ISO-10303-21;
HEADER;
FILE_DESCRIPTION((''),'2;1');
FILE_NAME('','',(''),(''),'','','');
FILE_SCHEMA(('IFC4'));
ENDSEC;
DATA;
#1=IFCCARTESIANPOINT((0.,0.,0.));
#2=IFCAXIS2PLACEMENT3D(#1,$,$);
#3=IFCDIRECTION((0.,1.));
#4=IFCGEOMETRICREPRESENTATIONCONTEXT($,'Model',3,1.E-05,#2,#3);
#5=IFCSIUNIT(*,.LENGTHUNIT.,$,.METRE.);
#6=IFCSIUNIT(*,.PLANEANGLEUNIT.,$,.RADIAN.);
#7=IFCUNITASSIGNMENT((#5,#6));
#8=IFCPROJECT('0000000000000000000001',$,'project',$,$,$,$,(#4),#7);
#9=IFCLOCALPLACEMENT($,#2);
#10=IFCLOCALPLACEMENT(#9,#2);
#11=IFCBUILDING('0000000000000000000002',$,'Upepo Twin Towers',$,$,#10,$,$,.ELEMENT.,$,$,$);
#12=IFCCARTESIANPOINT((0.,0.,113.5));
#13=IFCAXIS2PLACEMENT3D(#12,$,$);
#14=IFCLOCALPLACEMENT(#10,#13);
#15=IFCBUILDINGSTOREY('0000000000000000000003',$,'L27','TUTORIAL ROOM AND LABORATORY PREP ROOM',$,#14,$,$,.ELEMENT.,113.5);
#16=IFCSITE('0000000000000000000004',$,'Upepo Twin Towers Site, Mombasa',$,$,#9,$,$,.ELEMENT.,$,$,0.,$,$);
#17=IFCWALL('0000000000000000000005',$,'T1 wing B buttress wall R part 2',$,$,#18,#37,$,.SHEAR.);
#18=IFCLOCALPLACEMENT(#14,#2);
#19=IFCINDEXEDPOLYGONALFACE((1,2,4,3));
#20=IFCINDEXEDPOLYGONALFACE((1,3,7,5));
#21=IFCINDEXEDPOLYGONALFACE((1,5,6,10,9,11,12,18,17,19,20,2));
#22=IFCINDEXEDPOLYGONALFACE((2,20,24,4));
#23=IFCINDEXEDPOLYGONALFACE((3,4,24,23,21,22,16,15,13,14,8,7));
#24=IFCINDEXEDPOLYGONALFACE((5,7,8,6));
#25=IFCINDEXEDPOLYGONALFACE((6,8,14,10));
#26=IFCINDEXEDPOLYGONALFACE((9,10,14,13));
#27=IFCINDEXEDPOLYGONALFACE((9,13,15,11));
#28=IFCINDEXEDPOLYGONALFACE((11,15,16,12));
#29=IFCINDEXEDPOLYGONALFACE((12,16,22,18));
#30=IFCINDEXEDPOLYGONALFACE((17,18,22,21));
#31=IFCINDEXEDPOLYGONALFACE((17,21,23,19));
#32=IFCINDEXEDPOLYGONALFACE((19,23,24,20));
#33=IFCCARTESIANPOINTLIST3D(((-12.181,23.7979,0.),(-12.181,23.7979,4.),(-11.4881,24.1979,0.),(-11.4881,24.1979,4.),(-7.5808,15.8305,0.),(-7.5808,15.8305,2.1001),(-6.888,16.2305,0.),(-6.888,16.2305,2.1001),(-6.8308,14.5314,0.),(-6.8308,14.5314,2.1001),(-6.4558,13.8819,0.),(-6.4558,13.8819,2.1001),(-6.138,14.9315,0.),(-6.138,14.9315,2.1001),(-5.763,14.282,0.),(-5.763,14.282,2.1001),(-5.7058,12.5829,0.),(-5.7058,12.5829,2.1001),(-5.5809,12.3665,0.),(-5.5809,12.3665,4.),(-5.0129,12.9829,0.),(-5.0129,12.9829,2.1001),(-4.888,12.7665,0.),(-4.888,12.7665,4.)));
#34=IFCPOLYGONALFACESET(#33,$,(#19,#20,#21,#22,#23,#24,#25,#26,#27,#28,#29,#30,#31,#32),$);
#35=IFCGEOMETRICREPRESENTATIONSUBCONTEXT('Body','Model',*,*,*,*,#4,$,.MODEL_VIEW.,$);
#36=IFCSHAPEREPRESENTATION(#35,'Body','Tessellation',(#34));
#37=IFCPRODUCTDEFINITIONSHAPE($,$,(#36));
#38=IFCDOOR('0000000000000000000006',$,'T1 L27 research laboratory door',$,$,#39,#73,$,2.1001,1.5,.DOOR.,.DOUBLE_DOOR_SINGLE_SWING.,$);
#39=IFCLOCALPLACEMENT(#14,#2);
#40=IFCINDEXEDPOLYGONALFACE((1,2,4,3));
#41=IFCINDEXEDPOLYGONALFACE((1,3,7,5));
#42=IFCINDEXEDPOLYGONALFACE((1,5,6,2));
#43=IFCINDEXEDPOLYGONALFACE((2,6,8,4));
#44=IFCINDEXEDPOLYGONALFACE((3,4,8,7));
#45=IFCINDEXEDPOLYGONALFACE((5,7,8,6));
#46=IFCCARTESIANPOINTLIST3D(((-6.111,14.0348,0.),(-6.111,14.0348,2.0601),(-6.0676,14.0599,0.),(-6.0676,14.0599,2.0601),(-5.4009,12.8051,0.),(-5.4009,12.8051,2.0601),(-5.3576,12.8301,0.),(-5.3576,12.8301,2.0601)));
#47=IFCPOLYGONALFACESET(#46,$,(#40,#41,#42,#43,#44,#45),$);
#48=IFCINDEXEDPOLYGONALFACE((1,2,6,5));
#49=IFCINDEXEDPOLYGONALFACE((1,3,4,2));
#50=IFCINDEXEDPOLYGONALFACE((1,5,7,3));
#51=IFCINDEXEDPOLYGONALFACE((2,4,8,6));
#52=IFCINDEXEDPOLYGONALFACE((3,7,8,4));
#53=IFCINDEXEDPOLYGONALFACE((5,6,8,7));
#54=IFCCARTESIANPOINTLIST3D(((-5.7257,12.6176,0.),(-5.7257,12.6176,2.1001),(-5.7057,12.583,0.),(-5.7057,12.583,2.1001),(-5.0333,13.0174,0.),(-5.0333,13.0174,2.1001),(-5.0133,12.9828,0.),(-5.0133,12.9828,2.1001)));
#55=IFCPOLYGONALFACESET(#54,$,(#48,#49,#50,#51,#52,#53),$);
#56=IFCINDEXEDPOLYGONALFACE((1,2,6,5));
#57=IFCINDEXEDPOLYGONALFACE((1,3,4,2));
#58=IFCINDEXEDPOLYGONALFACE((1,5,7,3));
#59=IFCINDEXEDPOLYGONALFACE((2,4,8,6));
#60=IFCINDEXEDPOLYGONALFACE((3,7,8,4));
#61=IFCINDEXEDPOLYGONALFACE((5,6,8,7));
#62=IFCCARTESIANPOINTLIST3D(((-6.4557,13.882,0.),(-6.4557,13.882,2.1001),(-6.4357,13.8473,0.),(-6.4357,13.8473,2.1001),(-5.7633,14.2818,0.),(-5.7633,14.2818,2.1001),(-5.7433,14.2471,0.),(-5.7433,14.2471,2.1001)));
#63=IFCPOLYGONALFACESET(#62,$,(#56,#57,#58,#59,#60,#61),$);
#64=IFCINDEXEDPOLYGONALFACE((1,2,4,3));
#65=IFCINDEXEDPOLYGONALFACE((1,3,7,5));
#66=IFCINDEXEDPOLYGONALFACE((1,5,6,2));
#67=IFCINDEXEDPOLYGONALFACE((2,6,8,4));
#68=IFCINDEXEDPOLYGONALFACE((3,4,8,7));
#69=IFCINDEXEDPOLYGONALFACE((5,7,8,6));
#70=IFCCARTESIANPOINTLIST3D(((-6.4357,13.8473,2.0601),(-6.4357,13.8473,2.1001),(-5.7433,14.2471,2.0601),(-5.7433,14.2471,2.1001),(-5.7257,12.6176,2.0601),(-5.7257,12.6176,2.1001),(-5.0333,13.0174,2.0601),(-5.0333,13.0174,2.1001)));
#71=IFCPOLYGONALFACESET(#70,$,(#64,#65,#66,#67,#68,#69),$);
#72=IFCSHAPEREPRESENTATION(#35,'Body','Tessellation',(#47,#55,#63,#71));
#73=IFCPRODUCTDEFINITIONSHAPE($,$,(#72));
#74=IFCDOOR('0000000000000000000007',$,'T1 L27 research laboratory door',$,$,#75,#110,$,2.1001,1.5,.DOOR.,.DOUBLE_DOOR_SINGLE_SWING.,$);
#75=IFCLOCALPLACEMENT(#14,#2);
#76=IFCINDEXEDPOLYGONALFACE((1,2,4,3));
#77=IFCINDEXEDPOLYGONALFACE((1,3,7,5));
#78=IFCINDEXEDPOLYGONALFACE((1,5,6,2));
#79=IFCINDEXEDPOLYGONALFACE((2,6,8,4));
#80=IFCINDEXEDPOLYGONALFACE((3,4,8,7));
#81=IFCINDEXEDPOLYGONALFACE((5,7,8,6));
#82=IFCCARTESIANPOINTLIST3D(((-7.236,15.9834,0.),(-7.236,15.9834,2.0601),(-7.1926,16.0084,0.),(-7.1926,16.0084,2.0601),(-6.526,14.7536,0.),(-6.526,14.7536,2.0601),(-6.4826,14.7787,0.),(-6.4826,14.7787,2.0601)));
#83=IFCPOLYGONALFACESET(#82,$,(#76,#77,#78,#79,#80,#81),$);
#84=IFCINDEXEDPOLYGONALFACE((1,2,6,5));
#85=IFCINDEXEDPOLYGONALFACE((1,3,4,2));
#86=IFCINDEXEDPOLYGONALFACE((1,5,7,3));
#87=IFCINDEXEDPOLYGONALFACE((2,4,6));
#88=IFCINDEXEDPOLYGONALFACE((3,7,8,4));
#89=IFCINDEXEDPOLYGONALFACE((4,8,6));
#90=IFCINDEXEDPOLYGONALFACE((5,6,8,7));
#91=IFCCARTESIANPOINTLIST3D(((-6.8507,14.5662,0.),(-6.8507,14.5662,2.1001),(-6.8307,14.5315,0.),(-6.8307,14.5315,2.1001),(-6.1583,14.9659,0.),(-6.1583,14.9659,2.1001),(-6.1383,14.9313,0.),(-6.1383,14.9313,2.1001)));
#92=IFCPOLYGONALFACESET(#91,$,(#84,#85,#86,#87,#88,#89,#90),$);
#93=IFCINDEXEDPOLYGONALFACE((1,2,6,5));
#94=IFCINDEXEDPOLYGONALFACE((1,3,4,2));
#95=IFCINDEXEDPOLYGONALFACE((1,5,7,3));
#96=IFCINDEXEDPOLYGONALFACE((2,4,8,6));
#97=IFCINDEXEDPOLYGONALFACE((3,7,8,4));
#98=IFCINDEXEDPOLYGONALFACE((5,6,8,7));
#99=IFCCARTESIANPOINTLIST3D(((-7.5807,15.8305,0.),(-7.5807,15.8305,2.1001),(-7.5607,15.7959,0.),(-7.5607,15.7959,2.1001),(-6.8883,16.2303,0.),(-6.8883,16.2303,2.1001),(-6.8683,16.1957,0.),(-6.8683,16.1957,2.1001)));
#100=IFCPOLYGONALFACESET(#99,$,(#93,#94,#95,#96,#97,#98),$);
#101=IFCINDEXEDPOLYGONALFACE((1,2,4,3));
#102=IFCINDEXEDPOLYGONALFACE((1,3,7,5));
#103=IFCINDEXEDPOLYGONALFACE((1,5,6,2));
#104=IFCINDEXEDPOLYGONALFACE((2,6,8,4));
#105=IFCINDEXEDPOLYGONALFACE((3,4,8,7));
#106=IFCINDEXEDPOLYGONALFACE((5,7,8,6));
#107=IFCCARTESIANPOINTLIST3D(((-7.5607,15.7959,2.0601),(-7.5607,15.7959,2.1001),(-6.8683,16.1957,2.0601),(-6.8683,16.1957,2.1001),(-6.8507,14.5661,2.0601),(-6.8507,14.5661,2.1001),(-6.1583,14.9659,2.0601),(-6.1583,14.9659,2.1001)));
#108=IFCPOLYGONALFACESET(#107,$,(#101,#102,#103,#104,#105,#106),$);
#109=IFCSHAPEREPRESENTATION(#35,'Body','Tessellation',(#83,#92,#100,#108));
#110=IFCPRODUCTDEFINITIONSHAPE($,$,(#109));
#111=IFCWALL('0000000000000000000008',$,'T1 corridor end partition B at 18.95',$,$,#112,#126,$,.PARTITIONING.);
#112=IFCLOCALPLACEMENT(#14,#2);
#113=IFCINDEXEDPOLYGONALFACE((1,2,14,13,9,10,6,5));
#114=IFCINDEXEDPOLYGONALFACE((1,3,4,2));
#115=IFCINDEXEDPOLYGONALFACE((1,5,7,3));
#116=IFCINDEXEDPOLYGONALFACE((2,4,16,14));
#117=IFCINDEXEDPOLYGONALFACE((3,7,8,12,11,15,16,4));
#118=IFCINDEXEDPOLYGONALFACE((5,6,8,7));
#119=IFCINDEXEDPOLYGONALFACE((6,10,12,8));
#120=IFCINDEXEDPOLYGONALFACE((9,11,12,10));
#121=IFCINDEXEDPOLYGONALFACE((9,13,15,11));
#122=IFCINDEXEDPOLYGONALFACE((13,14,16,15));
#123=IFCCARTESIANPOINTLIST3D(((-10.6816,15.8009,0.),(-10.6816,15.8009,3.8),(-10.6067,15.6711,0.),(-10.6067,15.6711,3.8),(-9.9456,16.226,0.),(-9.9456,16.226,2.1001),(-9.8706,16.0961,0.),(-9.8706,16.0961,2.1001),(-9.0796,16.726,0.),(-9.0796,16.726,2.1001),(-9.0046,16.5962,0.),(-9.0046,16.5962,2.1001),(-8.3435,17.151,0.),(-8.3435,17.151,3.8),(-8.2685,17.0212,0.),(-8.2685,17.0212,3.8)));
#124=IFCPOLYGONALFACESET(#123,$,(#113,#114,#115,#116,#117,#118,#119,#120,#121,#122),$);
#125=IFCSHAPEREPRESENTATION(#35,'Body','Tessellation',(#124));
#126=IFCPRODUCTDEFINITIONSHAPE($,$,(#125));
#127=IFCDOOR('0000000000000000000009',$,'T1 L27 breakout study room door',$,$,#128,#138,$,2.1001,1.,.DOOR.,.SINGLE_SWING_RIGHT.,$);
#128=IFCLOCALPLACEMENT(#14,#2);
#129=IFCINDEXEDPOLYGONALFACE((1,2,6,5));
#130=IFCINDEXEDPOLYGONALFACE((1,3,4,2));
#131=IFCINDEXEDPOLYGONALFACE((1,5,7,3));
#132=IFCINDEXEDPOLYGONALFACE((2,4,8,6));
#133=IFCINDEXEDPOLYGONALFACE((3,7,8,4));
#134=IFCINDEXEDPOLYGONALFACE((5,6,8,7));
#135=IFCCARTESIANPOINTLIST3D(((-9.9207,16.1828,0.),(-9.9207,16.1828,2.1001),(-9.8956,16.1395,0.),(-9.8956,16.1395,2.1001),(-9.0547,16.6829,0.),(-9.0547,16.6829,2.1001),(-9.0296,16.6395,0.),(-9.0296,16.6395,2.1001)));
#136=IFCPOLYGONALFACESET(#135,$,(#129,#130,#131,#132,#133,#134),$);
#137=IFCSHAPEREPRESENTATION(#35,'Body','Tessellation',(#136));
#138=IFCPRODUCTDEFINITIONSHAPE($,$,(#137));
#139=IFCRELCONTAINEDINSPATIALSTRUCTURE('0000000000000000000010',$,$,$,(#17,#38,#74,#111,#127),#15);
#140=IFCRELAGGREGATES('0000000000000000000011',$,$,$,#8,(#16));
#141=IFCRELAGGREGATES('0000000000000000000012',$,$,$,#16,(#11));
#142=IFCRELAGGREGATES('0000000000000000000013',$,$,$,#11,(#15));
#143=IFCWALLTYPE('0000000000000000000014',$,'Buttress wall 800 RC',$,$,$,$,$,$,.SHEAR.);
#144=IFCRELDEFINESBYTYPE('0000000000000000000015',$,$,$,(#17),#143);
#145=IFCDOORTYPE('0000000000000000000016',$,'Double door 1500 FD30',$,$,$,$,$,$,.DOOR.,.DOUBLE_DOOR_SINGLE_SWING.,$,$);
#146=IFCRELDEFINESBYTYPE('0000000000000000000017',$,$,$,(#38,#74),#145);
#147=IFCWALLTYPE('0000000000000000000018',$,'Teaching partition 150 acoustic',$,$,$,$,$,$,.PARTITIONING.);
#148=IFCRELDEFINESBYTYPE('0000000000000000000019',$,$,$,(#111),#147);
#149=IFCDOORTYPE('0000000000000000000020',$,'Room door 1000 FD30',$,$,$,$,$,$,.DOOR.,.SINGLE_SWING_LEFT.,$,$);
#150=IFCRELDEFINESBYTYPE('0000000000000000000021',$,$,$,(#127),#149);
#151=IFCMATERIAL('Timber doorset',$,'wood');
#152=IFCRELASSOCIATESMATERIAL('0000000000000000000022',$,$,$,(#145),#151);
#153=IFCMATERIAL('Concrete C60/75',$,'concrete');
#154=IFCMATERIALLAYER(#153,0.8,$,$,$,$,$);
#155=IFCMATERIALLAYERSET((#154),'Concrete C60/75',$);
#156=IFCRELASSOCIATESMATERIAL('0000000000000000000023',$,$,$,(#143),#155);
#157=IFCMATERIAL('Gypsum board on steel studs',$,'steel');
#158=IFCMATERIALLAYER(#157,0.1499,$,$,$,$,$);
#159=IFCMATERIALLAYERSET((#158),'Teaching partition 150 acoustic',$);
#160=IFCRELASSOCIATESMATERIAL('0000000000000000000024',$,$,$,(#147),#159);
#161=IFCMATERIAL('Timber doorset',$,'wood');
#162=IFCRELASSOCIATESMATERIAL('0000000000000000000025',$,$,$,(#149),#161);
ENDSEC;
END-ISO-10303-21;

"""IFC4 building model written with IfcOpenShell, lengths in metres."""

from ifc_helpers import new_model, si_unit, direction, frame, frame_2d, origin, place, context, subcontext, project, spatial, rectangle, extrude, material, layer, layer_set, type_object, element, fill, save


model = new_model("IFC4")

# Units and contexts
model_context = context("Model", 3, precision=1e-05, world=origin(), true_north=direction((0.0, 1.0)))
body_context = subcontext(model_context, "Body", "Model", "MODEL_VIEW")
ifc_project = project(units=[si_unit("LENGTHUNIT", "METRE"), si_unit("PLANEANGLEUNIT", "RADIAN")], contexts=[model_context])

# Site, building, storey
site_placement = place(None, origin())
site = spatial("IfcSite", under=ifc_project, at=site_placement, Name="Upepo Twin Towers Site, Mombasa", CompositionType="ELEMENT", RefElevation=0.0)
building_placement = place(site_placement, origin())
building = spatial("IfcBuilding", under=site, at=building_placement, Name="Upepo Twin Towers", CompositionType="ELEMENT")
storey_placement = place(building_placement, frame((0.0, 0.0, 113.5)))
storey = spatial("IfcBuildingStorey", under=building, at=storey_placement, Name="L27", Description="TUTORIAL ROOM AND LABORATORY PREP ROOM", CompositionType="ELEMENT", Elevation=113.5)

# Shared definitions
ifc_material_1 = material(Name="Timber doorset", Category="wood")
door_type_1 = type_object("IfcDoorType", Name="Double door 1500 FD30", OperationType="DOUBLE_DOOR_SINGLE_SWING", PredefinedType="DOOR", material=ifc_material_1)

# Wall, openings, doors
ifc_material_2 = material(Name="Concrete C60/75", Category="concrete")
ifc_layer_1 = layer(ifc_material_2, 0.8)
ifc_layer_set_1 = layer_set([ifc_layer_1], Name="Concrete C60/75")
wall_type_1 = type_object("IfcWallType", Name="Buttress wall 800 RC", PredefinedType="SHEAR", material=ifc_layer_set_1)
wall_1_placement = place(storey_placement, frame((-5.2344, 12.5664, 0.0), z_axis=(0.0, 0.0, 1.0), x_axis=(-0.50001, 0.86602, 0.0)))
wall_1 = element("IfcWall", 1, at=wall_1_placement, inside=storey, type_object=wall_type_1, Name="T1 wing B buttress wall R part 2", PredefinedType="SHEAR", context=body_context, shape_type="SweptSolid", body=[
    extrude(rectangle(XDim=13.2, YDim=0.8, at=frame_2d((6.6001, 0.0))), origin(), (0.0, 0.0, 1.0), 4.0),
])
opening_1_placement = place(wall_1_placement, frame((0.25, 0.0, 0.0)))
opening_1 = element("IfcOpeningElement", 2, at=opening_1_placement, cuts=wall_1, PredefinedType="OPENING", context=body_context, shape_type="SweptSolid", body=[
    extrude(rectangle(XDim=1.5, YDim=2.1001, at=frame_2d((0.75, 1.05))), frame((0.0, 0.4099, 0.0), z_axis=(0.0, -1.0, 0.0), x_axis=(1.0, 0.0, 0.0)), (0.0, 0.0, 1.0), 0.8201),
])
opening_2_placement = place(wall_1_placement, frame((2.5, 0.0, 0.0)))
opening_2 = element("IfcOpeningElement", 3, at=opening_2_placement, cuts=wall_1, PredefinedType="OPENING", context=body_context, shape_type="SweptSolid", body=[
    extrude(rectangle(XDim=1.5, YDim=2.1001, at=frame_2d((0.75, 1.05))), frame((0.0, 0.4099, 0.0), z_axis=(0.0, -1.0, 0.0), x_axis=(1.0, 0.0, 0.0)), (0.0, 0.0, 1.0), 0.8201),
])
door_1_placement = place(opening_1_placement, origin())
door_1 = element("IfcDoor", 4, at=door_1_placement, inside=storey, type_object=door_type_1, Name="T1 L27 research laboratory door", OperationType="DOUBLE_DOOR_SINGLE_SWING", OverallHeight=2.1001, OverallWidth=1.5, PredefinedType="DOOR", context=body_context, shape_type="SweptSolid", body=[
    extrude(rectangle(XDim=1.42, YDim=2.0601, at=frame_2d((0.75, 1.03))), frame((0.0, 0.0249, 0.0), z_axis=(0.0, -1.0, 0.0), x_axis=(1.0, 0.0, 0.0)), (0.0, 0.0, 1.0), 0.05),
    extrude(rectangle(XDim=0.04, YDim=2.1001, at=frame_2d((0.02, 1.05))), frame((0.0, 0.3999, 0.0), z_axis=(0.0, -1.0, 0.0), x_axis=(1.0, 0.0, 0.0)), (0.0, 0.0, 1.0), 0.7996),
    extrude(rectangle(XDim=0.04, YDim=2.1001, at=frame_2d((1.48, 1.05))), frame((0.0, 0.3999, 0.0), z_axis=(0.0, -1.0, 0.0), x_axis=(1.0, 0.0, 0.0)), (0.0, 0.0, 1.0), 0.7996),
    extrude(rectangle(XDim=1.42, YDim=0.04, at=frame_2d((0.75, 2.0801))), frame((0.0, 0.3999, 0.0), z_axis=(0.0, -1.0, 0.0), x_axis=(1.0, 0.0, 0.0)), (0.0, 0.0, 1.0), 0.7996),
])
fill(opening_1, door_1)
door_2_placement = place(opening_2_placement, origin())
door_2 = element("IfcDoor", 5, at=door_2_placement, inside=storey, type_object=door_type_1, Name="T1 L27 research laboratory door", OperationType="DOUBLE_DOOR_SINGLE_SWING", OverallHeight=2.1001, OverallWidth=1.5, PredefinedType="DOOR", context=body_context, shape_type="SweptSolid", body=[
    extrude(rectangle(XDim=1.42, YDim=2.0601, at=frame_2d((0.75, 1.03))), frame((0.0, 0.0249, 0.0), z_axis=(0.0, -1.0, 0.0), x_axis=(1.0, 0.0, 0.0)), (0.0, 0.0, 1.0), 0.05),
    extrude(rectangle(XDim=0.04, YDim=2.1001, at=frame_2d((0.02, 1.05))), frame((0.0, 0.3999, 0.0), z_axis=(0.0, -1.0, 0.0), x_axis=(1.0, 0.0, 0.0)), (0.0, 0.0, 1.0), 0.7996),
    extrude(rectangle(XDim=0.04, YDim=2.1001, at=frame_2d((1.48, 1.05))), frame((0.0, 0.3999, 0.0), z_axis=(0.0, -1.0, 0.0), x_axis=(1.0, 0.0, 0.0)), (0.0, 0.0, 1.0), 0.7996),
    extrude(rectangle(XDim=1.42, YDim=0.04, at=frame_2d((0.75, 2.0801))), frame((0.0, 0.3999, 0.0), z_axis=(0.0, -1.0, 0.0), x_axis=(1.0, 0.0, 0.0)), (0.0, 0.0, 1.0), 0.7996),
])
fill(opening_2, door_2)

# Wall, opening, door
ifc_material_3 = material(Name="Gypsum board on steel studs", Category="steel")
ifc_layer_2 = layer(ifc_material_3, 0.1499)
ifc_layer_set_2 = layer_set([ifc_layer_2], Name="Teaching partition 150 acoustic")
wall_type_2 = type_object("IfcWallType", Name="Teaching partition 150 acoustic", PredefinedType="PARTITIONING", material=ifc_layer_set_2)
wall_2_placement = place(storey_placement, frame((-8.3059, 17.0862, 0.0), z_axis=(0.0, 0.0, 1.0), x_axis=(-0.865997, -0.500049, 0.0)))
wall_2 = element("IfcWall", 6, at=wall_2_placement, inside=storey, type_object=wall_type_2, Name="T1 corridor end partition B at 18.95", PredefinedType="PARTITIONING", context=body_context, shape_type="SweptSolid", body=[
    extrude(rectangle(XDim=2.7, YDim=0.1499, at=frame_2d((1.3501, 0.0))), origin(), (0.0, 0.0, 1.0), 3.8),
])
opening_3_placement = place(wall_2_placement, frame((0.8501, 0.0, 0.0)))
opening_3 = element("IfcOpeningElement", 7, at=opening_3_placement, cuts=wall_2, PredefinedType="OPENING", context=body_context, shape_type="SweptSolid", body=[
    extrude(rectangle(XDim=1.0, YDim=2.1001, at=frame_2d((0.5, 1.05))), frame((0.0, 0.085, 0.0), z_axis=(0.0, -1.0, 0.0), x_axis=(1.0, 0.0, 0.0)), (0.0, 0.0, 1.0), 0.1699),
])
ifc_material_4 = material(Name="Timber doorset", Category="wood")
door_type_2 = type_object("IfcDoorType", Name="Room door 1000 FD30", OperationType="SINGLE_SWING_LEFT", PredefinedType="DOOR", material=ifc_material_4)
door_3_placement = place(opening_3_placement, origin())
door_3 = element("IfcDoor", 8, at=door_3_placement, inside=storey, type_object=door_type_2, Name="T1 L27 breakout study room door", OperationType="SINGLE_SWING_RIGHT", OverallHeight=2.1001, OverallWidth=1.0, PredefinedType="DOOR", context=body_context, shape_type="SweptSolid", body=[
    extrude(rectangle(XDim=1.0, YDim=2.1001, at=frame_2d((0.5, 1.05))), frame((0.0, 0.0249, 0.0), z_axis=(0.0, -1.0, 0.0), x_axis=(1.0, 0.0, 0.0)), (0.0, 0.0, 1.0), 0.05),
])
fill(opening_3, door_3)

save(model, "model.ifc")
